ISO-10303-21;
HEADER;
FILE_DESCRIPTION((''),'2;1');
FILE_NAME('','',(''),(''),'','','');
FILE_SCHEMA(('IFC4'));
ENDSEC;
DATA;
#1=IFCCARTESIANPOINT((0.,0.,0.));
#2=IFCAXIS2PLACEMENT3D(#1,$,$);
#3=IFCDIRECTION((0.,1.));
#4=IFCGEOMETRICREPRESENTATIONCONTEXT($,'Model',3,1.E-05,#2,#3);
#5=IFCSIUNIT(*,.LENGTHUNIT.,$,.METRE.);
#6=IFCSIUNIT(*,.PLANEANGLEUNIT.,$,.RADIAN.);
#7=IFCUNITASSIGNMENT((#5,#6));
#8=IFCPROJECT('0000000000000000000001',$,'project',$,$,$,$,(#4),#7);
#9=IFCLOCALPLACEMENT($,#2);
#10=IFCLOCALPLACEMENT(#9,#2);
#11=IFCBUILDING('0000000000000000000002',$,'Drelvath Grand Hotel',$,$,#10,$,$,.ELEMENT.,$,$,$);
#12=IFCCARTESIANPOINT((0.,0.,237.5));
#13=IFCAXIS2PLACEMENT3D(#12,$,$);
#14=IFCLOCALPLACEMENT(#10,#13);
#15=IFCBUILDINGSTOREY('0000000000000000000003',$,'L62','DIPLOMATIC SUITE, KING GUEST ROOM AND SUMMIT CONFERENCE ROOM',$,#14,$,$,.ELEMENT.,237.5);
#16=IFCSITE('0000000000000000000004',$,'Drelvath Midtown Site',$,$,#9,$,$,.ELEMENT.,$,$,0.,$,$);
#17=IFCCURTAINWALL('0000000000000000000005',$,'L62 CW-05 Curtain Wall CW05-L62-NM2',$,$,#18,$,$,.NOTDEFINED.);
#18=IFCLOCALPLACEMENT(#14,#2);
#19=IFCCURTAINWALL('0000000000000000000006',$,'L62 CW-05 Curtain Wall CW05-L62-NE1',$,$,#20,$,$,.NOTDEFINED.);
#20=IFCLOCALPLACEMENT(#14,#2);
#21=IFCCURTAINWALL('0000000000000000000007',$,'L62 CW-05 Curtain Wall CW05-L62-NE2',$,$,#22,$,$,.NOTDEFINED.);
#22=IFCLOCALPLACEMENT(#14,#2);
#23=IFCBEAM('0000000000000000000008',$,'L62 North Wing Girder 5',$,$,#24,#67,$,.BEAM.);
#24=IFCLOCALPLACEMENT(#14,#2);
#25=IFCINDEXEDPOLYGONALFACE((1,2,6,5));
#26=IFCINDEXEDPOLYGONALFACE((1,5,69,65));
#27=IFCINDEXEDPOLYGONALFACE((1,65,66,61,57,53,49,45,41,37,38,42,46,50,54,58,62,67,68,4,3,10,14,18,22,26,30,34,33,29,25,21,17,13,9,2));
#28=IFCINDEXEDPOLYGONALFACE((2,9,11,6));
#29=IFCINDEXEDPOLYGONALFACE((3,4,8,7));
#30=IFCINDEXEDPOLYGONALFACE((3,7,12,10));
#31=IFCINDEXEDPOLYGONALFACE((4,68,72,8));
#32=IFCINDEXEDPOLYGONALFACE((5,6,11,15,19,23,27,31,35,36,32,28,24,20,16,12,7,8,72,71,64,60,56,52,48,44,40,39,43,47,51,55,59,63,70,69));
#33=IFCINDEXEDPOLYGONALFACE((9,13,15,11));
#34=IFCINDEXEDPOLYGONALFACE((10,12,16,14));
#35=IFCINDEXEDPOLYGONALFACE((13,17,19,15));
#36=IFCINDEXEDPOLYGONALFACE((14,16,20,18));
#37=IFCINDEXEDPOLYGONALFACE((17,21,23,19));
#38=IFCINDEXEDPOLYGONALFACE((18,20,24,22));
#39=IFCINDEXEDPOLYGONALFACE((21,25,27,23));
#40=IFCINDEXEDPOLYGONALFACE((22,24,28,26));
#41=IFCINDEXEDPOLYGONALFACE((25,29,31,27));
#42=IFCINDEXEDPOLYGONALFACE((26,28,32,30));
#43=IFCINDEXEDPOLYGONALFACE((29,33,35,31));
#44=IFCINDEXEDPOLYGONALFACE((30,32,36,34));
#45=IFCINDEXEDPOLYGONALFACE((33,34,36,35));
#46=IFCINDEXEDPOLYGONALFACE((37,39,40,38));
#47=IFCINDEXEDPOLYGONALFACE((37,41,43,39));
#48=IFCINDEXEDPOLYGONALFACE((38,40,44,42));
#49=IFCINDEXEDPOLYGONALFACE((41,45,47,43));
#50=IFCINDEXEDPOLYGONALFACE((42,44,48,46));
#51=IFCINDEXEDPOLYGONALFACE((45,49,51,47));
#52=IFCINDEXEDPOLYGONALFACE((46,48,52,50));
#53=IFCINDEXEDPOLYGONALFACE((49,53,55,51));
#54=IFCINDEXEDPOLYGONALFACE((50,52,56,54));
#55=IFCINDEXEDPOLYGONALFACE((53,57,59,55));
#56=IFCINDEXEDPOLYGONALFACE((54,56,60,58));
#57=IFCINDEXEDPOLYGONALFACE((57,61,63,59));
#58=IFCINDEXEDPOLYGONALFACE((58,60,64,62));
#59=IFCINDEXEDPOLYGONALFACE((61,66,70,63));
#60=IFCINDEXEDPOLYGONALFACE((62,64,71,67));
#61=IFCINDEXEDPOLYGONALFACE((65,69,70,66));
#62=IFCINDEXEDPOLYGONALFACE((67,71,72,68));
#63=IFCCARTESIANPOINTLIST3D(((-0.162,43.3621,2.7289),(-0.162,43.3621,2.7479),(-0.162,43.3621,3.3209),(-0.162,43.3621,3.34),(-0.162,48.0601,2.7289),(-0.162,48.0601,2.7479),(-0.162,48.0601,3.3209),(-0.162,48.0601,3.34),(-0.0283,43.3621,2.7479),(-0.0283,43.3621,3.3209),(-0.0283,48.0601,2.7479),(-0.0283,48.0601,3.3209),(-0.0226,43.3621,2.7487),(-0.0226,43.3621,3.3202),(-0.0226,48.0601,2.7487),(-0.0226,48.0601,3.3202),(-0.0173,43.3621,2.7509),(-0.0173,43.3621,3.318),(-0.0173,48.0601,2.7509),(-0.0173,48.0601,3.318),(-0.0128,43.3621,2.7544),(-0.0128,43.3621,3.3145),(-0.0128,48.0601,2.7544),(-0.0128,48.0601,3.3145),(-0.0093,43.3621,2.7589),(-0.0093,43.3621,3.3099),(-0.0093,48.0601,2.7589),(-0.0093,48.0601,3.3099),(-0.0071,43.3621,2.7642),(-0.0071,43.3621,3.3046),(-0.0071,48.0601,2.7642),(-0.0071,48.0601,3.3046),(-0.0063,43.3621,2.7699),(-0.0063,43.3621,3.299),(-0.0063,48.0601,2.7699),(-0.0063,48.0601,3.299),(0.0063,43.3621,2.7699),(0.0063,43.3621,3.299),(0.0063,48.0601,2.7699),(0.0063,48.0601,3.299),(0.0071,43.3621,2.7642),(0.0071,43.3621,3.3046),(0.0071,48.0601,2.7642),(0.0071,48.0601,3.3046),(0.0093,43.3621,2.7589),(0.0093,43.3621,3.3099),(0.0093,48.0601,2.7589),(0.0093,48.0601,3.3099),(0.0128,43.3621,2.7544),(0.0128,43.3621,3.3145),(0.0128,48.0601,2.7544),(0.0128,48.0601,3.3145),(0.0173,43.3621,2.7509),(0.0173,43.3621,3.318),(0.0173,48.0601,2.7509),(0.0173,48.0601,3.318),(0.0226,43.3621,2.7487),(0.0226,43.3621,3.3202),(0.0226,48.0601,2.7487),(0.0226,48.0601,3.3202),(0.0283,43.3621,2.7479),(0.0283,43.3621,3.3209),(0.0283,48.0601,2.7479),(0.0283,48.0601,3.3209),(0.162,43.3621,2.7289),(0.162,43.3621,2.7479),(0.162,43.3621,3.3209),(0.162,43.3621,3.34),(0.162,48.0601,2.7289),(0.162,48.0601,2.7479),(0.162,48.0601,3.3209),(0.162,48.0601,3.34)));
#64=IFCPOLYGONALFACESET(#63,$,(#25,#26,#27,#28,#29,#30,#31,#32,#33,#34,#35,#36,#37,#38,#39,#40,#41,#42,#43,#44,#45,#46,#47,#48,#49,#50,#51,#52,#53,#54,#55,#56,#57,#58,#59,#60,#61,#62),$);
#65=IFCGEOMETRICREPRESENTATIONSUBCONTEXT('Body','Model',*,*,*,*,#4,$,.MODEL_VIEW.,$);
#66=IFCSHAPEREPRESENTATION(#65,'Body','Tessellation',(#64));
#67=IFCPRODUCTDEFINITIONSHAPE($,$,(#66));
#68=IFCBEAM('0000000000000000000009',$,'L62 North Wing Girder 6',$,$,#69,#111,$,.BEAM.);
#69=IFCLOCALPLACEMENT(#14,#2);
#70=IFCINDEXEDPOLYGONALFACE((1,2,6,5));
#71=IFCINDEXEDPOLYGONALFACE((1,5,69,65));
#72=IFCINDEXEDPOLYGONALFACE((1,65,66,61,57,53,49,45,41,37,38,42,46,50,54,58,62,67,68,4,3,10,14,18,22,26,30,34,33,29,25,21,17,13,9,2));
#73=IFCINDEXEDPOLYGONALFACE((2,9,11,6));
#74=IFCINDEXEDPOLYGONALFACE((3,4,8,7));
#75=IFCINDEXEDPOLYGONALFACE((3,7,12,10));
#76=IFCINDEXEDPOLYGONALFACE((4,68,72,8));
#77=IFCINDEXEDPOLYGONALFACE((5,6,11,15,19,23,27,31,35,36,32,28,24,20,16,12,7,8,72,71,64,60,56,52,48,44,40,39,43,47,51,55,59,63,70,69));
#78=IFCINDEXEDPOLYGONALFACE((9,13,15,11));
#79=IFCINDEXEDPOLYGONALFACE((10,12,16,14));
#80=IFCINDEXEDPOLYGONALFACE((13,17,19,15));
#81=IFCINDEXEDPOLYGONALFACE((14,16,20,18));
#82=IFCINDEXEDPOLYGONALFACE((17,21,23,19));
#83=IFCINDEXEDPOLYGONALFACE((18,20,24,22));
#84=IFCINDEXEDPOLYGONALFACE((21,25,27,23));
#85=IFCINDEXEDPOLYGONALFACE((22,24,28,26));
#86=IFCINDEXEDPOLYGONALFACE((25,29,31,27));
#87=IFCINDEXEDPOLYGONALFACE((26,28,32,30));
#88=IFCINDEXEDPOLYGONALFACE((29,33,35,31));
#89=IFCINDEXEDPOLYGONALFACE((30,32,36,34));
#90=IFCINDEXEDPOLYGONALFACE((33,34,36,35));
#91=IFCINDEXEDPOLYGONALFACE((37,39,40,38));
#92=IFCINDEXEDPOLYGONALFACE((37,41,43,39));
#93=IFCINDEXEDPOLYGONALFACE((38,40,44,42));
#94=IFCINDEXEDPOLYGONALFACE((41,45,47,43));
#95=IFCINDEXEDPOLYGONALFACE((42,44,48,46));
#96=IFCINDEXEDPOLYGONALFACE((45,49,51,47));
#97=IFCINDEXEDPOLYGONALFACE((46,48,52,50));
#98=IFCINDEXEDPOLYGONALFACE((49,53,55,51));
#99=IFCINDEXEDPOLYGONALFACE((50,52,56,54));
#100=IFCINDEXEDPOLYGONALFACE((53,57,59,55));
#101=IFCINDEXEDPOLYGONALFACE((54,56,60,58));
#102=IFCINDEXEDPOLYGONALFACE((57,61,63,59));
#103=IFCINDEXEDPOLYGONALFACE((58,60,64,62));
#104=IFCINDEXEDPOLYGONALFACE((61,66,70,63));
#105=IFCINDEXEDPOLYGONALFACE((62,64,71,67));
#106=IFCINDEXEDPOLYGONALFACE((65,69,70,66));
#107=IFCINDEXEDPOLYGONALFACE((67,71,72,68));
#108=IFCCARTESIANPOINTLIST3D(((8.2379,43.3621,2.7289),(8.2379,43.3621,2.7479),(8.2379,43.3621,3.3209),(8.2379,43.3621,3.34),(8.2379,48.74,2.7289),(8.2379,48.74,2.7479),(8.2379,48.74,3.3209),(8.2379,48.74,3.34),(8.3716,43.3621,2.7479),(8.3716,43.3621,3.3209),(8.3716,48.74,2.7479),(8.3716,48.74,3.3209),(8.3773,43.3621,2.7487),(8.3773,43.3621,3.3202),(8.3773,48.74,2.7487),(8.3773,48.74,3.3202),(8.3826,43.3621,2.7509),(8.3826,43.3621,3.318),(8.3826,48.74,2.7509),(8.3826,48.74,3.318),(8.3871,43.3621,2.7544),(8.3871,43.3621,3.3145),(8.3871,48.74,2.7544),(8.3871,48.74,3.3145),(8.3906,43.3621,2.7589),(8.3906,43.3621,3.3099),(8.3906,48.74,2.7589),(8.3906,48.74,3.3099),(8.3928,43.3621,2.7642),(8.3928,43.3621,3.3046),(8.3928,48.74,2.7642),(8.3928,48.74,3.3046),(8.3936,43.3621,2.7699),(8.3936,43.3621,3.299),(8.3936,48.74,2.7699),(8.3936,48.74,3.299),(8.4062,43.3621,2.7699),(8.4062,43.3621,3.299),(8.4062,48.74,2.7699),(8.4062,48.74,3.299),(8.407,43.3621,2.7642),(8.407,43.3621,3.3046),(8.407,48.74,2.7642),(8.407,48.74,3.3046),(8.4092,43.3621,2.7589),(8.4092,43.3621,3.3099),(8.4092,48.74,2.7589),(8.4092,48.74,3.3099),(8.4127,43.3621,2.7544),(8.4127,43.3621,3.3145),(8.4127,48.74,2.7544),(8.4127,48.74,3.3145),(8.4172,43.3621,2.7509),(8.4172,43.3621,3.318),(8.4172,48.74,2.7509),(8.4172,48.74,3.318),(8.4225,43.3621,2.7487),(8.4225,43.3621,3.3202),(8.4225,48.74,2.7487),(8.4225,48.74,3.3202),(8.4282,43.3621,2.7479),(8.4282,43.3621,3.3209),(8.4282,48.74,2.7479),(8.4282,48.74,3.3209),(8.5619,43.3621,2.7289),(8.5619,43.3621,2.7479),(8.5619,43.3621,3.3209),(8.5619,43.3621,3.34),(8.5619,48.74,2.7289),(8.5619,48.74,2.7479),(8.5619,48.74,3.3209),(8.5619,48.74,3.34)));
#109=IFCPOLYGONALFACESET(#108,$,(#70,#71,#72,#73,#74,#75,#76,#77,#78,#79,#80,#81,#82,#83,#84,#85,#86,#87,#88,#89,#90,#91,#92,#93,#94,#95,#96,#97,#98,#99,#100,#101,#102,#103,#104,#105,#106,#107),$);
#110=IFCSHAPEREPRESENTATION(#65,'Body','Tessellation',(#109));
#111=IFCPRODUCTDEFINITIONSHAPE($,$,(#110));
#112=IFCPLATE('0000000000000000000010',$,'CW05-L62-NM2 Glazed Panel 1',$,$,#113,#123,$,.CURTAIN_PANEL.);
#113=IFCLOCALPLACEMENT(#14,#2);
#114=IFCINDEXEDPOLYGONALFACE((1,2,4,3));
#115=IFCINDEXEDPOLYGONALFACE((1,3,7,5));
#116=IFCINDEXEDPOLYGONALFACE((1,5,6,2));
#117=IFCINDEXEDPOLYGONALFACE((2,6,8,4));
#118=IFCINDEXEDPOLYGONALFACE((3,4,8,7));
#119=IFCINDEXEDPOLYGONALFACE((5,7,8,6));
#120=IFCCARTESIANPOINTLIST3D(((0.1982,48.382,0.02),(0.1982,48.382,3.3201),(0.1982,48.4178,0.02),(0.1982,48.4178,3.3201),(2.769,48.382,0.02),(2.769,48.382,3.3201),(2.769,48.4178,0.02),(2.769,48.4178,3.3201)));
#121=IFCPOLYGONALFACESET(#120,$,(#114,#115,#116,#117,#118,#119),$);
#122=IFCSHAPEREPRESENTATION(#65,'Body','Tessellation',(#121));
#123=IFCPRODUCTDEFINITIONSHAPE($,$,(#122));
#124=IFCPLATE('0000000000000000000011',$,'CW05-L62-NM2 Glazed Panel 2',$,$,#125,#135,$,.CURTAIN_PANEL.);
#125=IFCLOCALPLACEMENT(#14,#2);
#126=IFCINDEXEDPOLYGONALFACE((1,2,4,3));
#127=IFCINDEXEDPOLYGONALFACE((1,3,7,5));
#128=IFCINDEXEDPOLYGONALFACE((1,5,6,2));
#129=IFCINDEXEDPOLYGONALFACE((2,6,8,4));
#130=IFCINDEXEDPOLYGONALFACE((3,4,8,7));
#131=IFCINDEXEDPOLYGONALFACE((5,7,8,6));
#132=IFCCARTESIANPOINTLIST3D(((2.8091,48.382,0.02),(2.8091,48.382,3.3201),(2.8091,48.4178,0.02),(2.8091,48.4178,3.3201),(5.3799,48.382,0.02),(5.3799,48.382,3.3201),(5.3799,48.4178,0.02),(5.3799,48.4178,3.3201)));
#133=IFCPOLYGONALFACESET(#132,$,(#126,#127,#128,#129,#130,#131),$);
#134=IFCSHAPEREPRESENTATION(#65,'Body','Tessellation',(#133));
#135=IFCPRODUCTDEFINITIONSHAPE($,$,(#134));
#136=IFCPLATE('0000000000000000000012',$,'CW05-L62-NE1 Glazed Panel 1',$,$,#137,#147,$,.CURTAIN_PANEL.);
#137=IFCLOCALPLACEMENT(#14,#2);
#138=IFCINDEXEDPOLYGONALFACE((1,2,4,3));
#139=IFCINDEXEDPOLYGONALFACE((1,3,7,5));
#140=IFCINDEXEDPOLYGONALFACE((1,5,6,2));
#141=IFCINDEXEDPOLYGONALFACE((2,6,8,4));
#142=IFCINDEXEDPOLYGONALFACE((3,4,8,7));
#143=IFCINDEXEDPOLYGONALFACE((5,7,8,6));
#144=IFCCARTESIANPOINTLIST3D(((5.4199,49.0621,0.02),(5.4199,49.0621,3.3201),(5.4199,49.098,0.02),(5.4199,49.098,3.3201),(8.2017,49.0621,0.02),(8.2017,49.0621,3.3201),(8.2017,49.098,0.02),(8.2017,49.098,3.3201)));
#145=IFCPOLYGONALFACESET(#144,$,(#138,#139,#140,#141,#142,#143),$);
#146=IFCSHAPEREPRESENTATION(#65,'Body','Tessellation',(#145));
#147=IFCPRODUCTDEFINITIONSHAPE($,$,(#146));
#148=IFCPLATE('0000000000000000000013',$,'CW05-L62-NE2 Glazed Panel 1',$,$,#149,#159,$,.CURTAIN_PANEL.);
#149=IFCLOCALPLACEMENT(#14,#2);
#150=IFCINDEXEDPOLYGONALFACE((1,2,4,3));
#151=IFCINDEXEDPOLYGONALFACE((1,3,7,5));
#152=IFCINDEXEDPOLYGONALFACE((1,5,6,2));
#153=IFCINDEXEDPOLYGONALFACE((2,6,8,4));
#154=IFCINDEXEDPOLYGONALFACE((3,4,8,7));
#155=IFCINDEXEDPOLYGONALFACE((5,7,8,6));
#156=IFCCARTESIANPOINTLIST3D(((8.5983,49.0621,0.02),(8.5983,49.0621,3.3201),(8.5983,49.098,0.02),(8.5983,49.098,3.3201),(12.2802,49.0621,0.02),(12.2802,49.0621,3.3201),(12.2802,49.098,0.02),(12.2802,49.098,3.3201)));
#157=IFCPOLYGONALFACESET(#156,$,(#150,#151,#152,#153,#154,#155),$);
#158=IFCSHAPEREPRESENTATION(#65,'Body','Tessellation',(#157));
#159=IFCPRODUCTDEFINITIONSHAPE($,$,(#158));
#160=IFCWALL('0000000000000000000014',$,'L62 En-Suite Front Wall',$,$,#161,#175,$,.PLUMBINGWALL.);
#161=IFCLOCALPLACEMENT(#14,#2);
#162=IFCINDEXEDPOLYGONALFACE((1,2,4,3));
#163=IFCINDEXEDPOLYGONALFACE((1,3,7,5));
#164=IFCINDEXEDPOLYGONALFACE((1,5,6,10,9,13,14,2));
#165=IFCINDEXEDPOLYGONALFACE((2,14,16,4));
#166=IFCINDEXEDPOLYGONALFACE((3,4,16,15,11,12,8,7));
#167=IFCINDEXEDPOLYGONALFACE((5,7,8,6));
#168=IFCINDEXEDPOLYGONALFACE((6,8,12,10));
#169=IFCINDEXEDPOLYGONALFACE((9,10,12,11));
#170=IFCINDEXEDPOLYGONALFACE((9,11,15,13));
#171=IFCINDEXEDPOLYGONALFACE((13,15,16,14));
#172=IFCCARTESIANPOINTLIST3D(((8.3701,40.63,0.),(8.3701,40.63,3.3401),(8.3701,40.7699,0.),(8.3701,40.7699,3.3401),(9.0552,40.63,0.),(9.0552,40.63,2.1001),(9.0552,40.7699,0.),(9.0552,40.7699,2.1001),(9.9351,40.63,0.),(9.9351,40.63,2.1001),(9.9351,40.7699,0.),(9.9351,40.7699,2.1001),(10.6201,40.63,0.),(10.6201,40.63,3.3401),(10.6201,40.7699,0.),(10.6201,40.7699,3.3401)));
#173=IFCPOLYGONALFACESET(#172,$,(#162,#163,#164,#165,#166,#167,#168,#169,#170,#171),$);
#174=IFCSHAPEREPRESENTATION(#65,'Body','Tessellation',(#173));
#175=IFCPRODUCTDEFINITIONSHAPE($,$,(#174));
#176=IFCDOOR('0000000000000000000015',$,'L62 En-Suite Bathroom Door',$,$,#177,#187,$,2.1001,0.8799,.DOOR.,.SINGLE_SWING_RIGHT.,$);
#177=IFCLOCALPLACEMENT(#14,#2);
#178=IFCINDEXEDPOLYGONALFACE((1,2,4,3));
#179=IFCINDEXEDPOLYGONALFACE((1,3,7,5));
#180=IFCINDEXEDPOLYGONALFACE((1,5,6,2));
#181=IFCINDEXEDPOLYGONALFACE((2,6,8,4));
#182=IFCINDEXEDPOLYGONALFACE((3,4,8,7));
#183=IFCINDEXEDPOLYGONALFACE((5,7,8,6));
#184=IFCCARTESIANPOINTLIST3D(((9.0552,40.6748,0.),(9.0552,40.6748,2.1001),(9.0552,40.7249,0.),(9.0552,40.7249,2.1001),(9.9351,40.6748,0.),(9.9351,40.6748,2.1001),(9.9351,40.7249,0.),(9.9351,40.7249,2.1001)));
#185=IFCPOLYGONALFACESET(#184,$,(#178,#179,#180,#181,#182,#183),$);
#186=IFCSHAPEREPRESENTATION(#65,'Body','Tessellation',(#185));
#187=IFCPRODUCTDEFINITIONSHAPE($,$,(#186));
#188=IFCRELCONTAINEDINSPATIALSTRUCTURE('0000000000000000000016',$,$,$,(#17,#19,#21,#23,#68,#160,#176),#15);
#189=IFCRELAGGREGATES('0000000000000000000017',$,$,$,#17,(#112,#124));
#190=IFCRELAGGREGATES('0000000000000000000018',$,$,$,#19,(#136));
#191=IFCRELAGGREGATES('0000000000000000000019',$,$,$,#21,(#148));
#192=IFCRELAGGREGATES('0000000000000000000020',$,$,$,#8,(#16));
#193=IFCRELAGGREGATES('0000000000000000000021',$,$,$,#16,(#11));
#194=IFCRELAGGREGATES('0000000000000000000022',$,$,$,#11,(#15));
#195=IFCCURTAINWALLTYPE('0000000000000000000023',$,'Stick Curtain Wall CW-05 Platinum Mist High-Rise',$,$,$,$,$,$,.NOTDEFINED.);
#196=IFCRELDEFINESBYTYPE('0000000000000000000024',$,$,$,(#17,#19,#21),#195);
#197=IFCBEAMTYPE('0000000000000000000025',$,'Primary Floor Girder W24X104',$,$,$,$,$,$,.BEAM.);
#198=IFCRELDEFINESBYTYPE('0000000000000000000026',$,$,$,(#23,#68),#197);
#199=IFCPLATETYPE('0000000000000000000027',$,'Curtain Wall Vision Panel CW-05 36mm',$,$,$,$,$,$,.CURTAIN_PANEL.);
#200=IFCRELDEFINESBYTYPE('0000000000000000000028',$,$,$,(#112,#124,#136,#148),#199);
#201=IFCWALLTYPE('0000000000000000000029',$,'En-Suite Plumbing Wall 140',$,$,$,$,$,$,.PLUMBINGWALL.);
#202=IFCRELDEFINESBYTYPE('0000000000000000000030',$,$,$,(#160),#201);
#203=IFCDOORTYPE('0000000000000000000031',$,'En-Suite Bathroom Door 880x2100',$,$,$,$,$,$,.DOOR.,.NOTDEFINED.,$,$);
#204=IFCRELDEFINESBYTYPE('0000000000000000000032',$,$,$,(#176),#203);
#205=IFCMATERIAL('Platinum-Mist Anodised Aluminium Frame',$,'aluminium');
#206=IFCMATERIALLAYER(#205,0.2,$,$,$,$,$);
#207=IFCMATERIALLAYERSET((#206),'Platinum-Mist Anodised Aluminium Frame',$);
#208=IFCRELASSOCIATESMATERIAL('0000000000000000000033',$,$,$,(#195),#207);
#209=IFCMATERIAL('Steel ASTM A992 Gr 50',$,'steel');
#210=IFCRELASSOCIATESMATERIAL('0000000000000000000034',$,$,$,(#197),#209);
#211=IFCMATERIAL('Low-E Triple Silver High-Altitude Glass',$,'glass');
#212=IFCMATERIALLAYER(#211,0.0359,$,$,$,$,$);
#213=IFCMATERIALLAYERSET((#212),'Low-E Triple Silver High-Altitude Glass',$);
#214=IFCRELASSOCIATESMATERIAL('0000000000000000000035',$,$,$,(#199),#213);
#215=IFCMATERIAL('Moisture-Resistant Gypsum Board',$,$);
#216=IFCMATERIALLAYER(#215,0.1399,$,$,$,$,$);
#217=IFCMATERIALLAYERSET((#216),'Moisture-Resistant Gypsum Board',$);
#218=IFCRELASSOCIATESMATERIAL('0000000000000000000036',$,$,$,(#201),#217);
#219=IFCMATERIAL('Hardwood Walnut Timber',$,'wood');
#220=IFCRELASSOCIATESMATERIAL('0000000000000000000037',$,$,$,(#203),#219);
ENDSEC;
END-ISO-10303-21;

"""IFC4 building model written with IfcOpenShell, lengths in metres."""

from ifc_helpers import new_model, si_unit, direction, frame, frame_2d, origin, origin_2d, place, context, subcontext, project, spatial, rectangle, i_section, extrude, material, layer, layer_set, material_profile, profile_set, type_object, element, fill, aggregate, save


model = new_model("IFC4")

# Units and contexts
model_context = context("Model", 3, precision=1e-05, world=origin(), true_north=direction((0.0, 1.0)))
body_context = subcontext(model_context, "Body", "Model", "MODEL_VIEW")
ifc_project = project(units=[si_unit("LENGTHUNIT", "METRE"), si_unit("PLANEANGLEUNIT", "RADIAN")], contexts=[model_context])

# Site, building, storey
site_placement = place(None, origin())
site = spatial("IfcSite", under=ifc_project, at=site_placement, Name="Drelvath Midtown Site", CompositionType="ELEMENT", RefElevation=0.0)
building_placement = place(site_placement, origin())
building = spatial("IfcBuilding", under=site, at=building_placement, Name="Drelvath Grand Hotel", CompositionType="ELEMENT")
storey_placement = place(building_placement, frame((0.0, 0.0, 237.5)))
storey = spatial("IfcBuildingStorey", under=building, at=storey_placement, Name="L62", Description="DIPLOMATIC SUITE, KING GUEST ROOM AND SUMMIT CONFERENCE ROOM", CompositionType="ELEMENT", Elevation=237.5)

# Curtain walls
ifc_material_1 = material(Name="Platinum-Mist Anodised Aluminium Frame", Category="aluminium")
ifc_layer_1 = layer(ifc_material_1, 0.2)
ifc_layer_set_1 = layer_set([ifc_layer_1], Name="Platinum-Mist Anodised Aluminium Frame")
curtain_wall_type = type_object("IfcCurtainWallType", Name="Stick Curtain Wall CW-05 Platinum Mist High-Rise", PredefinedType="NOTDEFINED", material=ifc_layer_set_1)
curtain_wall_1_placement = place(storey_placement, origin())
curtain_wall_1 = element("IfcCurtainWall", 1, at=curtain_wall_1_placement, inside=storey, type_object=curtain_wall_type, Name="L62 CW-05 Curtain Wall CW05-L62-NM2", PredefinedType="NOTDEFINED")
curtain_wall_2_placement = place(storey_placement, origin())
curtain_wall_2 = element("IfcCurtainWall", 2, at=curtain_wall_2_placement, inside=storey, type_object=curtain_wall_type, Name="L62 CW-05 Curtain Wall CW05-L62-NE1", PredefinedType="NOTDEFINED")
curtain_wall_3_placement = place(storey_placement, origin())
curtain_wall_3 = element("IfcCurtainWall", 3, at=curtain_wall_3_placement, inside=storey, type_object=curtain_wall_type, Name="L62 CW-05 Curtain Wall CW05-L62-NE2", PredefinedType="NOTDEFINED")

# Beams
ifc_material_2 = material(Name="Steel ASTM A992 Gr 50", Category="steel")
ifc_material_profile_1 = material_profile(ifc_material_2, i_section(OverallWidth=0.324, OverallDepth=0.6111, WebThickness=0.0127, FlangeThickness=0.019, FilletRadius=0.022, at=origin_2d()), Name="W24X104")
ifc_profile_set_1 = profile_set([ifc_material_profile_1], Name="Steel ASTM A992 Gr 50")
beam_type_1 = type_object("IfcBeamType", Name="Primary Floor Girder W24X104", PredefinedType="BEAM", material=ifc_profile_set_1)
beam_1_placement = place(storey_placement, frame((0.0, 43.3621, 3.0344), z_axis=(0.0, 1.0, 0.0), x_axis=(-1.0, 0.0, 0.0)))
element("IfcBeam", 4, at=beam_1_placement, inside=storey, type_object=beam_type_1, Name="L62 North Wing Girder 5", PredefinedType="BEAM", context=body_context, shape_type="SweptSolid", body=[
    extrude(i_section(OverallWidth=0.324, OverallDepth=0.6111, WebThickness=0.0127, FlangeThickness=0.019, FilletRadius=0.022, at=origin_2d()), origin(), (0.0, 0.0, 1.0), 4.698),
])
beam_2_placement = place(storey_placement, frame((8.3999, 43.3621, 3.0344), z_axis=(0.0, 1.0, 0.0), x_axis=(-1.0, 0.0, 0.0)))
element("IfcBeam", 5, at=beam_2_placement, inside=storey, type_object=beam_type_1, Name="L62 North Wing Girder 6", PredefinedType="BEAM", context=body_context, shape_type="SweptSolid", body=[
    extrude(i_section(OverallWidth=0.324, OverallDepth=0.6111, WebThickness=0.0127, FlangeThickness=0.019, FilletRadius=0.022, at=origin_2d()), origin(), (0.0, 0.0, 1.0), 5.3779),
])

# Plates
ifc_material_3 = material(Name="Low-E Triple Silver High-Altitude Glass", Category="glass")
ifc_layer_2 = layer(ifc_material_3, 0.0359)
ifc_layer_set_2 = layer_set([ifc_layer_2], Name="Low-E Triple Silver High-Altitude Glass")
plate_type = type_object("IfcPlateType", Name="Curtain Wall Vision Panel CW-05 36mm", PredefinedType="CURTAIN_PANEL", material=ifc_layer_set_2)
plate_1_placement = place(storey_placement, frame((1.4836, 48.3999, 0.02), z_axis=(0.0, 0.0, 1.0), x_axis=(1.0, 0.0, 0.0)))
plate_1 = element("IfcPlate", 6, at=plate_1_placement, type_object=plate_type, Name="CW05-L62-NM2 Glazed Panel 1", PredefinedType="CURTAIN_PANEL", context=body_context, shape_type="SweptSolid", body=[
    extrude(rectangle(XDim=2.5708, YDim=0.0359, at=origin_2d()), origin(), (0.0, 0.0, 1.0), 3.3),
])
plate_2_placement = place(storey_placement, frame((4.0945, 48.3999, 0.02), z_axis=(0.0, 0.0, 1.0), x_axis=(1.0, 0.0, 0.0)))
plate_2 = element("IfcPlate", 7, at=plate_2_placement, type_object=plate_type, Name="CW05-L62-NM2 Glazed Panel 2", PredefinedType="CURTAIN_PANEL", context=body_context, shape_type="SweptSolid", body=[
    extrude(rectangle(XDim=2.5708, YDim=0.0359, at=origin_2d()), origin(), (0.0, 0.0, 1.0), 3.3),
])
aggregate(curtain_wall_1, [plate_1, plate_2])
plate_3_placement = place(storey_placement, frame((6.8108, 49.0801, 0.02), z_axis=(0.0, 0.0, 1.0), x_axis=(1.0, 0.0, 0.0)))
plate_3 = element("IfcPlate", 8, at=plate_3_placement, type_object=plate_type, Name="CW05-L62-NE1 Glazed Panel 1", PredefinedType="CURTAIN_PANEL", context=body_context, shape_type="SweptSolid", body=[
    extrude(rectangle(XDim=2.7817, YDim=0.0359, at=origin_2d()), origin(), (0.0, 0.0, 1.0), 3.3),
])
aggregate(curtain_wall_2, [plate_3])
plate_4_placement = place(storey_placement, frame((10.4392, 49.0801, 0.02), z_axis=(0.0, 0.0, 1.0), x_axis=(1.0, 0.0, 0.0)))
plate_4 = element("IfcPlate", 9, at=plate_4_placement, type_object=plate_type, Name="CW05-L62-NE2 Glazed Panel 1", PredefinedType="CURTAIN_PANEL", context=body_context, shape_type="SweptSolid", body=[
    extrude(rectangle(XDim=3.6819, YDim=0.0359, at=origin_2d()), origin(), (0.0, 0.0, 1.0), 3.3),
])
aggregate(curtain_wall_3, [plate_4])

# Wall, opening, door
ifc_material_4 = material(Name="Moisture-Resistant Gypsum Board")
ifc_layer_3 = layer(ifc_material_4, 0.1399)
ifc_layer_set_3 = layer_set([ifc_layer_3], Name="Moisture-Resistant Gypsum Board")
wall_type_1 = type_object("IfcWallType", Name="En-Suite Plumbing Wall 140", PredefinedType="PLUMBINGWALL", material=ifc_layer_set_3)
wall_1_placement = place(storey_placement, frame((8.3701, 40.7, 0.0), z_axis=(0.0, 0.0, 1.0), x_axis=(1.0, 0.0, 0.0)))
wall_1 = element("IfcWall", 10, at=wall_1_placement, inside=storey, type_object=wall_type_1, Name="L62 En-Suite Front Wall", PredefinedType="PLUMBINGWALL", context=body_context, shape_type="SweptSolid", body=[
    extrude(rectangle(XDim=2.25, YDim=0.1399, at=frame_2d((1.125, 0.0))), origin(), (0.0, 0.0, 1.0), 3.3401),
])
opening_placement = place(wall_1_placement, frame((0.6851, 0.0, 0.0)))
opening = element("IfcOpeningElement", 11, at=opening_placement, cuts=wall_1, PredefinedType="OPENING", context=body_context, shape_type="SweptSolid", body=[
    extrude(rectangle(XDim=0.8799, YDim=2.1001, at=frame_2d((0.4399, 1.05))), frame((0.0, 0.0798, 0.0), z_axis=(0.0, -1.0, 0.0), x_axis=(1.0, 0.0, 0.0)), (0.0, 0.0, 1.0), 0.1599),
])
ifc_material_5 = material(Name="Hardwood Walnut Timber", Category="wood")
door_type = type_object("IfcDoorType", Name="En-Suite Bathroom Door 880x2100", OperationType="NOTDEFINED", PredefinedType="DOOR", material=ifc_material_5)
door_placement = place(opening_placement, origin())
door = element("IfcDoor", 12, at=door_placement, inside=storey, type_object=door_type, Name="L62 En-Suite Bathroom Door", OperationType="SINGLE_SWING_RIGHT", OverallHeight=2.1001, OverallWidth=0.8799, PredefinedType="DOOR", context=body_context, shape_type="SweptSolid", body=[
    extrude(rectangle(XDim=0.8799, YDim=2.1001, at=frame_2d((0.4399, 1.05))), frame((0.0, 0.0249, 0.0), z_axis=(0.0, -1.0, 0.0), x_axis=(1.0, 0.0, 0.0)), (0.0, 0.0, 1.0), 0.05),
])
fill(opening, door)

save(model, "model.ifc")
